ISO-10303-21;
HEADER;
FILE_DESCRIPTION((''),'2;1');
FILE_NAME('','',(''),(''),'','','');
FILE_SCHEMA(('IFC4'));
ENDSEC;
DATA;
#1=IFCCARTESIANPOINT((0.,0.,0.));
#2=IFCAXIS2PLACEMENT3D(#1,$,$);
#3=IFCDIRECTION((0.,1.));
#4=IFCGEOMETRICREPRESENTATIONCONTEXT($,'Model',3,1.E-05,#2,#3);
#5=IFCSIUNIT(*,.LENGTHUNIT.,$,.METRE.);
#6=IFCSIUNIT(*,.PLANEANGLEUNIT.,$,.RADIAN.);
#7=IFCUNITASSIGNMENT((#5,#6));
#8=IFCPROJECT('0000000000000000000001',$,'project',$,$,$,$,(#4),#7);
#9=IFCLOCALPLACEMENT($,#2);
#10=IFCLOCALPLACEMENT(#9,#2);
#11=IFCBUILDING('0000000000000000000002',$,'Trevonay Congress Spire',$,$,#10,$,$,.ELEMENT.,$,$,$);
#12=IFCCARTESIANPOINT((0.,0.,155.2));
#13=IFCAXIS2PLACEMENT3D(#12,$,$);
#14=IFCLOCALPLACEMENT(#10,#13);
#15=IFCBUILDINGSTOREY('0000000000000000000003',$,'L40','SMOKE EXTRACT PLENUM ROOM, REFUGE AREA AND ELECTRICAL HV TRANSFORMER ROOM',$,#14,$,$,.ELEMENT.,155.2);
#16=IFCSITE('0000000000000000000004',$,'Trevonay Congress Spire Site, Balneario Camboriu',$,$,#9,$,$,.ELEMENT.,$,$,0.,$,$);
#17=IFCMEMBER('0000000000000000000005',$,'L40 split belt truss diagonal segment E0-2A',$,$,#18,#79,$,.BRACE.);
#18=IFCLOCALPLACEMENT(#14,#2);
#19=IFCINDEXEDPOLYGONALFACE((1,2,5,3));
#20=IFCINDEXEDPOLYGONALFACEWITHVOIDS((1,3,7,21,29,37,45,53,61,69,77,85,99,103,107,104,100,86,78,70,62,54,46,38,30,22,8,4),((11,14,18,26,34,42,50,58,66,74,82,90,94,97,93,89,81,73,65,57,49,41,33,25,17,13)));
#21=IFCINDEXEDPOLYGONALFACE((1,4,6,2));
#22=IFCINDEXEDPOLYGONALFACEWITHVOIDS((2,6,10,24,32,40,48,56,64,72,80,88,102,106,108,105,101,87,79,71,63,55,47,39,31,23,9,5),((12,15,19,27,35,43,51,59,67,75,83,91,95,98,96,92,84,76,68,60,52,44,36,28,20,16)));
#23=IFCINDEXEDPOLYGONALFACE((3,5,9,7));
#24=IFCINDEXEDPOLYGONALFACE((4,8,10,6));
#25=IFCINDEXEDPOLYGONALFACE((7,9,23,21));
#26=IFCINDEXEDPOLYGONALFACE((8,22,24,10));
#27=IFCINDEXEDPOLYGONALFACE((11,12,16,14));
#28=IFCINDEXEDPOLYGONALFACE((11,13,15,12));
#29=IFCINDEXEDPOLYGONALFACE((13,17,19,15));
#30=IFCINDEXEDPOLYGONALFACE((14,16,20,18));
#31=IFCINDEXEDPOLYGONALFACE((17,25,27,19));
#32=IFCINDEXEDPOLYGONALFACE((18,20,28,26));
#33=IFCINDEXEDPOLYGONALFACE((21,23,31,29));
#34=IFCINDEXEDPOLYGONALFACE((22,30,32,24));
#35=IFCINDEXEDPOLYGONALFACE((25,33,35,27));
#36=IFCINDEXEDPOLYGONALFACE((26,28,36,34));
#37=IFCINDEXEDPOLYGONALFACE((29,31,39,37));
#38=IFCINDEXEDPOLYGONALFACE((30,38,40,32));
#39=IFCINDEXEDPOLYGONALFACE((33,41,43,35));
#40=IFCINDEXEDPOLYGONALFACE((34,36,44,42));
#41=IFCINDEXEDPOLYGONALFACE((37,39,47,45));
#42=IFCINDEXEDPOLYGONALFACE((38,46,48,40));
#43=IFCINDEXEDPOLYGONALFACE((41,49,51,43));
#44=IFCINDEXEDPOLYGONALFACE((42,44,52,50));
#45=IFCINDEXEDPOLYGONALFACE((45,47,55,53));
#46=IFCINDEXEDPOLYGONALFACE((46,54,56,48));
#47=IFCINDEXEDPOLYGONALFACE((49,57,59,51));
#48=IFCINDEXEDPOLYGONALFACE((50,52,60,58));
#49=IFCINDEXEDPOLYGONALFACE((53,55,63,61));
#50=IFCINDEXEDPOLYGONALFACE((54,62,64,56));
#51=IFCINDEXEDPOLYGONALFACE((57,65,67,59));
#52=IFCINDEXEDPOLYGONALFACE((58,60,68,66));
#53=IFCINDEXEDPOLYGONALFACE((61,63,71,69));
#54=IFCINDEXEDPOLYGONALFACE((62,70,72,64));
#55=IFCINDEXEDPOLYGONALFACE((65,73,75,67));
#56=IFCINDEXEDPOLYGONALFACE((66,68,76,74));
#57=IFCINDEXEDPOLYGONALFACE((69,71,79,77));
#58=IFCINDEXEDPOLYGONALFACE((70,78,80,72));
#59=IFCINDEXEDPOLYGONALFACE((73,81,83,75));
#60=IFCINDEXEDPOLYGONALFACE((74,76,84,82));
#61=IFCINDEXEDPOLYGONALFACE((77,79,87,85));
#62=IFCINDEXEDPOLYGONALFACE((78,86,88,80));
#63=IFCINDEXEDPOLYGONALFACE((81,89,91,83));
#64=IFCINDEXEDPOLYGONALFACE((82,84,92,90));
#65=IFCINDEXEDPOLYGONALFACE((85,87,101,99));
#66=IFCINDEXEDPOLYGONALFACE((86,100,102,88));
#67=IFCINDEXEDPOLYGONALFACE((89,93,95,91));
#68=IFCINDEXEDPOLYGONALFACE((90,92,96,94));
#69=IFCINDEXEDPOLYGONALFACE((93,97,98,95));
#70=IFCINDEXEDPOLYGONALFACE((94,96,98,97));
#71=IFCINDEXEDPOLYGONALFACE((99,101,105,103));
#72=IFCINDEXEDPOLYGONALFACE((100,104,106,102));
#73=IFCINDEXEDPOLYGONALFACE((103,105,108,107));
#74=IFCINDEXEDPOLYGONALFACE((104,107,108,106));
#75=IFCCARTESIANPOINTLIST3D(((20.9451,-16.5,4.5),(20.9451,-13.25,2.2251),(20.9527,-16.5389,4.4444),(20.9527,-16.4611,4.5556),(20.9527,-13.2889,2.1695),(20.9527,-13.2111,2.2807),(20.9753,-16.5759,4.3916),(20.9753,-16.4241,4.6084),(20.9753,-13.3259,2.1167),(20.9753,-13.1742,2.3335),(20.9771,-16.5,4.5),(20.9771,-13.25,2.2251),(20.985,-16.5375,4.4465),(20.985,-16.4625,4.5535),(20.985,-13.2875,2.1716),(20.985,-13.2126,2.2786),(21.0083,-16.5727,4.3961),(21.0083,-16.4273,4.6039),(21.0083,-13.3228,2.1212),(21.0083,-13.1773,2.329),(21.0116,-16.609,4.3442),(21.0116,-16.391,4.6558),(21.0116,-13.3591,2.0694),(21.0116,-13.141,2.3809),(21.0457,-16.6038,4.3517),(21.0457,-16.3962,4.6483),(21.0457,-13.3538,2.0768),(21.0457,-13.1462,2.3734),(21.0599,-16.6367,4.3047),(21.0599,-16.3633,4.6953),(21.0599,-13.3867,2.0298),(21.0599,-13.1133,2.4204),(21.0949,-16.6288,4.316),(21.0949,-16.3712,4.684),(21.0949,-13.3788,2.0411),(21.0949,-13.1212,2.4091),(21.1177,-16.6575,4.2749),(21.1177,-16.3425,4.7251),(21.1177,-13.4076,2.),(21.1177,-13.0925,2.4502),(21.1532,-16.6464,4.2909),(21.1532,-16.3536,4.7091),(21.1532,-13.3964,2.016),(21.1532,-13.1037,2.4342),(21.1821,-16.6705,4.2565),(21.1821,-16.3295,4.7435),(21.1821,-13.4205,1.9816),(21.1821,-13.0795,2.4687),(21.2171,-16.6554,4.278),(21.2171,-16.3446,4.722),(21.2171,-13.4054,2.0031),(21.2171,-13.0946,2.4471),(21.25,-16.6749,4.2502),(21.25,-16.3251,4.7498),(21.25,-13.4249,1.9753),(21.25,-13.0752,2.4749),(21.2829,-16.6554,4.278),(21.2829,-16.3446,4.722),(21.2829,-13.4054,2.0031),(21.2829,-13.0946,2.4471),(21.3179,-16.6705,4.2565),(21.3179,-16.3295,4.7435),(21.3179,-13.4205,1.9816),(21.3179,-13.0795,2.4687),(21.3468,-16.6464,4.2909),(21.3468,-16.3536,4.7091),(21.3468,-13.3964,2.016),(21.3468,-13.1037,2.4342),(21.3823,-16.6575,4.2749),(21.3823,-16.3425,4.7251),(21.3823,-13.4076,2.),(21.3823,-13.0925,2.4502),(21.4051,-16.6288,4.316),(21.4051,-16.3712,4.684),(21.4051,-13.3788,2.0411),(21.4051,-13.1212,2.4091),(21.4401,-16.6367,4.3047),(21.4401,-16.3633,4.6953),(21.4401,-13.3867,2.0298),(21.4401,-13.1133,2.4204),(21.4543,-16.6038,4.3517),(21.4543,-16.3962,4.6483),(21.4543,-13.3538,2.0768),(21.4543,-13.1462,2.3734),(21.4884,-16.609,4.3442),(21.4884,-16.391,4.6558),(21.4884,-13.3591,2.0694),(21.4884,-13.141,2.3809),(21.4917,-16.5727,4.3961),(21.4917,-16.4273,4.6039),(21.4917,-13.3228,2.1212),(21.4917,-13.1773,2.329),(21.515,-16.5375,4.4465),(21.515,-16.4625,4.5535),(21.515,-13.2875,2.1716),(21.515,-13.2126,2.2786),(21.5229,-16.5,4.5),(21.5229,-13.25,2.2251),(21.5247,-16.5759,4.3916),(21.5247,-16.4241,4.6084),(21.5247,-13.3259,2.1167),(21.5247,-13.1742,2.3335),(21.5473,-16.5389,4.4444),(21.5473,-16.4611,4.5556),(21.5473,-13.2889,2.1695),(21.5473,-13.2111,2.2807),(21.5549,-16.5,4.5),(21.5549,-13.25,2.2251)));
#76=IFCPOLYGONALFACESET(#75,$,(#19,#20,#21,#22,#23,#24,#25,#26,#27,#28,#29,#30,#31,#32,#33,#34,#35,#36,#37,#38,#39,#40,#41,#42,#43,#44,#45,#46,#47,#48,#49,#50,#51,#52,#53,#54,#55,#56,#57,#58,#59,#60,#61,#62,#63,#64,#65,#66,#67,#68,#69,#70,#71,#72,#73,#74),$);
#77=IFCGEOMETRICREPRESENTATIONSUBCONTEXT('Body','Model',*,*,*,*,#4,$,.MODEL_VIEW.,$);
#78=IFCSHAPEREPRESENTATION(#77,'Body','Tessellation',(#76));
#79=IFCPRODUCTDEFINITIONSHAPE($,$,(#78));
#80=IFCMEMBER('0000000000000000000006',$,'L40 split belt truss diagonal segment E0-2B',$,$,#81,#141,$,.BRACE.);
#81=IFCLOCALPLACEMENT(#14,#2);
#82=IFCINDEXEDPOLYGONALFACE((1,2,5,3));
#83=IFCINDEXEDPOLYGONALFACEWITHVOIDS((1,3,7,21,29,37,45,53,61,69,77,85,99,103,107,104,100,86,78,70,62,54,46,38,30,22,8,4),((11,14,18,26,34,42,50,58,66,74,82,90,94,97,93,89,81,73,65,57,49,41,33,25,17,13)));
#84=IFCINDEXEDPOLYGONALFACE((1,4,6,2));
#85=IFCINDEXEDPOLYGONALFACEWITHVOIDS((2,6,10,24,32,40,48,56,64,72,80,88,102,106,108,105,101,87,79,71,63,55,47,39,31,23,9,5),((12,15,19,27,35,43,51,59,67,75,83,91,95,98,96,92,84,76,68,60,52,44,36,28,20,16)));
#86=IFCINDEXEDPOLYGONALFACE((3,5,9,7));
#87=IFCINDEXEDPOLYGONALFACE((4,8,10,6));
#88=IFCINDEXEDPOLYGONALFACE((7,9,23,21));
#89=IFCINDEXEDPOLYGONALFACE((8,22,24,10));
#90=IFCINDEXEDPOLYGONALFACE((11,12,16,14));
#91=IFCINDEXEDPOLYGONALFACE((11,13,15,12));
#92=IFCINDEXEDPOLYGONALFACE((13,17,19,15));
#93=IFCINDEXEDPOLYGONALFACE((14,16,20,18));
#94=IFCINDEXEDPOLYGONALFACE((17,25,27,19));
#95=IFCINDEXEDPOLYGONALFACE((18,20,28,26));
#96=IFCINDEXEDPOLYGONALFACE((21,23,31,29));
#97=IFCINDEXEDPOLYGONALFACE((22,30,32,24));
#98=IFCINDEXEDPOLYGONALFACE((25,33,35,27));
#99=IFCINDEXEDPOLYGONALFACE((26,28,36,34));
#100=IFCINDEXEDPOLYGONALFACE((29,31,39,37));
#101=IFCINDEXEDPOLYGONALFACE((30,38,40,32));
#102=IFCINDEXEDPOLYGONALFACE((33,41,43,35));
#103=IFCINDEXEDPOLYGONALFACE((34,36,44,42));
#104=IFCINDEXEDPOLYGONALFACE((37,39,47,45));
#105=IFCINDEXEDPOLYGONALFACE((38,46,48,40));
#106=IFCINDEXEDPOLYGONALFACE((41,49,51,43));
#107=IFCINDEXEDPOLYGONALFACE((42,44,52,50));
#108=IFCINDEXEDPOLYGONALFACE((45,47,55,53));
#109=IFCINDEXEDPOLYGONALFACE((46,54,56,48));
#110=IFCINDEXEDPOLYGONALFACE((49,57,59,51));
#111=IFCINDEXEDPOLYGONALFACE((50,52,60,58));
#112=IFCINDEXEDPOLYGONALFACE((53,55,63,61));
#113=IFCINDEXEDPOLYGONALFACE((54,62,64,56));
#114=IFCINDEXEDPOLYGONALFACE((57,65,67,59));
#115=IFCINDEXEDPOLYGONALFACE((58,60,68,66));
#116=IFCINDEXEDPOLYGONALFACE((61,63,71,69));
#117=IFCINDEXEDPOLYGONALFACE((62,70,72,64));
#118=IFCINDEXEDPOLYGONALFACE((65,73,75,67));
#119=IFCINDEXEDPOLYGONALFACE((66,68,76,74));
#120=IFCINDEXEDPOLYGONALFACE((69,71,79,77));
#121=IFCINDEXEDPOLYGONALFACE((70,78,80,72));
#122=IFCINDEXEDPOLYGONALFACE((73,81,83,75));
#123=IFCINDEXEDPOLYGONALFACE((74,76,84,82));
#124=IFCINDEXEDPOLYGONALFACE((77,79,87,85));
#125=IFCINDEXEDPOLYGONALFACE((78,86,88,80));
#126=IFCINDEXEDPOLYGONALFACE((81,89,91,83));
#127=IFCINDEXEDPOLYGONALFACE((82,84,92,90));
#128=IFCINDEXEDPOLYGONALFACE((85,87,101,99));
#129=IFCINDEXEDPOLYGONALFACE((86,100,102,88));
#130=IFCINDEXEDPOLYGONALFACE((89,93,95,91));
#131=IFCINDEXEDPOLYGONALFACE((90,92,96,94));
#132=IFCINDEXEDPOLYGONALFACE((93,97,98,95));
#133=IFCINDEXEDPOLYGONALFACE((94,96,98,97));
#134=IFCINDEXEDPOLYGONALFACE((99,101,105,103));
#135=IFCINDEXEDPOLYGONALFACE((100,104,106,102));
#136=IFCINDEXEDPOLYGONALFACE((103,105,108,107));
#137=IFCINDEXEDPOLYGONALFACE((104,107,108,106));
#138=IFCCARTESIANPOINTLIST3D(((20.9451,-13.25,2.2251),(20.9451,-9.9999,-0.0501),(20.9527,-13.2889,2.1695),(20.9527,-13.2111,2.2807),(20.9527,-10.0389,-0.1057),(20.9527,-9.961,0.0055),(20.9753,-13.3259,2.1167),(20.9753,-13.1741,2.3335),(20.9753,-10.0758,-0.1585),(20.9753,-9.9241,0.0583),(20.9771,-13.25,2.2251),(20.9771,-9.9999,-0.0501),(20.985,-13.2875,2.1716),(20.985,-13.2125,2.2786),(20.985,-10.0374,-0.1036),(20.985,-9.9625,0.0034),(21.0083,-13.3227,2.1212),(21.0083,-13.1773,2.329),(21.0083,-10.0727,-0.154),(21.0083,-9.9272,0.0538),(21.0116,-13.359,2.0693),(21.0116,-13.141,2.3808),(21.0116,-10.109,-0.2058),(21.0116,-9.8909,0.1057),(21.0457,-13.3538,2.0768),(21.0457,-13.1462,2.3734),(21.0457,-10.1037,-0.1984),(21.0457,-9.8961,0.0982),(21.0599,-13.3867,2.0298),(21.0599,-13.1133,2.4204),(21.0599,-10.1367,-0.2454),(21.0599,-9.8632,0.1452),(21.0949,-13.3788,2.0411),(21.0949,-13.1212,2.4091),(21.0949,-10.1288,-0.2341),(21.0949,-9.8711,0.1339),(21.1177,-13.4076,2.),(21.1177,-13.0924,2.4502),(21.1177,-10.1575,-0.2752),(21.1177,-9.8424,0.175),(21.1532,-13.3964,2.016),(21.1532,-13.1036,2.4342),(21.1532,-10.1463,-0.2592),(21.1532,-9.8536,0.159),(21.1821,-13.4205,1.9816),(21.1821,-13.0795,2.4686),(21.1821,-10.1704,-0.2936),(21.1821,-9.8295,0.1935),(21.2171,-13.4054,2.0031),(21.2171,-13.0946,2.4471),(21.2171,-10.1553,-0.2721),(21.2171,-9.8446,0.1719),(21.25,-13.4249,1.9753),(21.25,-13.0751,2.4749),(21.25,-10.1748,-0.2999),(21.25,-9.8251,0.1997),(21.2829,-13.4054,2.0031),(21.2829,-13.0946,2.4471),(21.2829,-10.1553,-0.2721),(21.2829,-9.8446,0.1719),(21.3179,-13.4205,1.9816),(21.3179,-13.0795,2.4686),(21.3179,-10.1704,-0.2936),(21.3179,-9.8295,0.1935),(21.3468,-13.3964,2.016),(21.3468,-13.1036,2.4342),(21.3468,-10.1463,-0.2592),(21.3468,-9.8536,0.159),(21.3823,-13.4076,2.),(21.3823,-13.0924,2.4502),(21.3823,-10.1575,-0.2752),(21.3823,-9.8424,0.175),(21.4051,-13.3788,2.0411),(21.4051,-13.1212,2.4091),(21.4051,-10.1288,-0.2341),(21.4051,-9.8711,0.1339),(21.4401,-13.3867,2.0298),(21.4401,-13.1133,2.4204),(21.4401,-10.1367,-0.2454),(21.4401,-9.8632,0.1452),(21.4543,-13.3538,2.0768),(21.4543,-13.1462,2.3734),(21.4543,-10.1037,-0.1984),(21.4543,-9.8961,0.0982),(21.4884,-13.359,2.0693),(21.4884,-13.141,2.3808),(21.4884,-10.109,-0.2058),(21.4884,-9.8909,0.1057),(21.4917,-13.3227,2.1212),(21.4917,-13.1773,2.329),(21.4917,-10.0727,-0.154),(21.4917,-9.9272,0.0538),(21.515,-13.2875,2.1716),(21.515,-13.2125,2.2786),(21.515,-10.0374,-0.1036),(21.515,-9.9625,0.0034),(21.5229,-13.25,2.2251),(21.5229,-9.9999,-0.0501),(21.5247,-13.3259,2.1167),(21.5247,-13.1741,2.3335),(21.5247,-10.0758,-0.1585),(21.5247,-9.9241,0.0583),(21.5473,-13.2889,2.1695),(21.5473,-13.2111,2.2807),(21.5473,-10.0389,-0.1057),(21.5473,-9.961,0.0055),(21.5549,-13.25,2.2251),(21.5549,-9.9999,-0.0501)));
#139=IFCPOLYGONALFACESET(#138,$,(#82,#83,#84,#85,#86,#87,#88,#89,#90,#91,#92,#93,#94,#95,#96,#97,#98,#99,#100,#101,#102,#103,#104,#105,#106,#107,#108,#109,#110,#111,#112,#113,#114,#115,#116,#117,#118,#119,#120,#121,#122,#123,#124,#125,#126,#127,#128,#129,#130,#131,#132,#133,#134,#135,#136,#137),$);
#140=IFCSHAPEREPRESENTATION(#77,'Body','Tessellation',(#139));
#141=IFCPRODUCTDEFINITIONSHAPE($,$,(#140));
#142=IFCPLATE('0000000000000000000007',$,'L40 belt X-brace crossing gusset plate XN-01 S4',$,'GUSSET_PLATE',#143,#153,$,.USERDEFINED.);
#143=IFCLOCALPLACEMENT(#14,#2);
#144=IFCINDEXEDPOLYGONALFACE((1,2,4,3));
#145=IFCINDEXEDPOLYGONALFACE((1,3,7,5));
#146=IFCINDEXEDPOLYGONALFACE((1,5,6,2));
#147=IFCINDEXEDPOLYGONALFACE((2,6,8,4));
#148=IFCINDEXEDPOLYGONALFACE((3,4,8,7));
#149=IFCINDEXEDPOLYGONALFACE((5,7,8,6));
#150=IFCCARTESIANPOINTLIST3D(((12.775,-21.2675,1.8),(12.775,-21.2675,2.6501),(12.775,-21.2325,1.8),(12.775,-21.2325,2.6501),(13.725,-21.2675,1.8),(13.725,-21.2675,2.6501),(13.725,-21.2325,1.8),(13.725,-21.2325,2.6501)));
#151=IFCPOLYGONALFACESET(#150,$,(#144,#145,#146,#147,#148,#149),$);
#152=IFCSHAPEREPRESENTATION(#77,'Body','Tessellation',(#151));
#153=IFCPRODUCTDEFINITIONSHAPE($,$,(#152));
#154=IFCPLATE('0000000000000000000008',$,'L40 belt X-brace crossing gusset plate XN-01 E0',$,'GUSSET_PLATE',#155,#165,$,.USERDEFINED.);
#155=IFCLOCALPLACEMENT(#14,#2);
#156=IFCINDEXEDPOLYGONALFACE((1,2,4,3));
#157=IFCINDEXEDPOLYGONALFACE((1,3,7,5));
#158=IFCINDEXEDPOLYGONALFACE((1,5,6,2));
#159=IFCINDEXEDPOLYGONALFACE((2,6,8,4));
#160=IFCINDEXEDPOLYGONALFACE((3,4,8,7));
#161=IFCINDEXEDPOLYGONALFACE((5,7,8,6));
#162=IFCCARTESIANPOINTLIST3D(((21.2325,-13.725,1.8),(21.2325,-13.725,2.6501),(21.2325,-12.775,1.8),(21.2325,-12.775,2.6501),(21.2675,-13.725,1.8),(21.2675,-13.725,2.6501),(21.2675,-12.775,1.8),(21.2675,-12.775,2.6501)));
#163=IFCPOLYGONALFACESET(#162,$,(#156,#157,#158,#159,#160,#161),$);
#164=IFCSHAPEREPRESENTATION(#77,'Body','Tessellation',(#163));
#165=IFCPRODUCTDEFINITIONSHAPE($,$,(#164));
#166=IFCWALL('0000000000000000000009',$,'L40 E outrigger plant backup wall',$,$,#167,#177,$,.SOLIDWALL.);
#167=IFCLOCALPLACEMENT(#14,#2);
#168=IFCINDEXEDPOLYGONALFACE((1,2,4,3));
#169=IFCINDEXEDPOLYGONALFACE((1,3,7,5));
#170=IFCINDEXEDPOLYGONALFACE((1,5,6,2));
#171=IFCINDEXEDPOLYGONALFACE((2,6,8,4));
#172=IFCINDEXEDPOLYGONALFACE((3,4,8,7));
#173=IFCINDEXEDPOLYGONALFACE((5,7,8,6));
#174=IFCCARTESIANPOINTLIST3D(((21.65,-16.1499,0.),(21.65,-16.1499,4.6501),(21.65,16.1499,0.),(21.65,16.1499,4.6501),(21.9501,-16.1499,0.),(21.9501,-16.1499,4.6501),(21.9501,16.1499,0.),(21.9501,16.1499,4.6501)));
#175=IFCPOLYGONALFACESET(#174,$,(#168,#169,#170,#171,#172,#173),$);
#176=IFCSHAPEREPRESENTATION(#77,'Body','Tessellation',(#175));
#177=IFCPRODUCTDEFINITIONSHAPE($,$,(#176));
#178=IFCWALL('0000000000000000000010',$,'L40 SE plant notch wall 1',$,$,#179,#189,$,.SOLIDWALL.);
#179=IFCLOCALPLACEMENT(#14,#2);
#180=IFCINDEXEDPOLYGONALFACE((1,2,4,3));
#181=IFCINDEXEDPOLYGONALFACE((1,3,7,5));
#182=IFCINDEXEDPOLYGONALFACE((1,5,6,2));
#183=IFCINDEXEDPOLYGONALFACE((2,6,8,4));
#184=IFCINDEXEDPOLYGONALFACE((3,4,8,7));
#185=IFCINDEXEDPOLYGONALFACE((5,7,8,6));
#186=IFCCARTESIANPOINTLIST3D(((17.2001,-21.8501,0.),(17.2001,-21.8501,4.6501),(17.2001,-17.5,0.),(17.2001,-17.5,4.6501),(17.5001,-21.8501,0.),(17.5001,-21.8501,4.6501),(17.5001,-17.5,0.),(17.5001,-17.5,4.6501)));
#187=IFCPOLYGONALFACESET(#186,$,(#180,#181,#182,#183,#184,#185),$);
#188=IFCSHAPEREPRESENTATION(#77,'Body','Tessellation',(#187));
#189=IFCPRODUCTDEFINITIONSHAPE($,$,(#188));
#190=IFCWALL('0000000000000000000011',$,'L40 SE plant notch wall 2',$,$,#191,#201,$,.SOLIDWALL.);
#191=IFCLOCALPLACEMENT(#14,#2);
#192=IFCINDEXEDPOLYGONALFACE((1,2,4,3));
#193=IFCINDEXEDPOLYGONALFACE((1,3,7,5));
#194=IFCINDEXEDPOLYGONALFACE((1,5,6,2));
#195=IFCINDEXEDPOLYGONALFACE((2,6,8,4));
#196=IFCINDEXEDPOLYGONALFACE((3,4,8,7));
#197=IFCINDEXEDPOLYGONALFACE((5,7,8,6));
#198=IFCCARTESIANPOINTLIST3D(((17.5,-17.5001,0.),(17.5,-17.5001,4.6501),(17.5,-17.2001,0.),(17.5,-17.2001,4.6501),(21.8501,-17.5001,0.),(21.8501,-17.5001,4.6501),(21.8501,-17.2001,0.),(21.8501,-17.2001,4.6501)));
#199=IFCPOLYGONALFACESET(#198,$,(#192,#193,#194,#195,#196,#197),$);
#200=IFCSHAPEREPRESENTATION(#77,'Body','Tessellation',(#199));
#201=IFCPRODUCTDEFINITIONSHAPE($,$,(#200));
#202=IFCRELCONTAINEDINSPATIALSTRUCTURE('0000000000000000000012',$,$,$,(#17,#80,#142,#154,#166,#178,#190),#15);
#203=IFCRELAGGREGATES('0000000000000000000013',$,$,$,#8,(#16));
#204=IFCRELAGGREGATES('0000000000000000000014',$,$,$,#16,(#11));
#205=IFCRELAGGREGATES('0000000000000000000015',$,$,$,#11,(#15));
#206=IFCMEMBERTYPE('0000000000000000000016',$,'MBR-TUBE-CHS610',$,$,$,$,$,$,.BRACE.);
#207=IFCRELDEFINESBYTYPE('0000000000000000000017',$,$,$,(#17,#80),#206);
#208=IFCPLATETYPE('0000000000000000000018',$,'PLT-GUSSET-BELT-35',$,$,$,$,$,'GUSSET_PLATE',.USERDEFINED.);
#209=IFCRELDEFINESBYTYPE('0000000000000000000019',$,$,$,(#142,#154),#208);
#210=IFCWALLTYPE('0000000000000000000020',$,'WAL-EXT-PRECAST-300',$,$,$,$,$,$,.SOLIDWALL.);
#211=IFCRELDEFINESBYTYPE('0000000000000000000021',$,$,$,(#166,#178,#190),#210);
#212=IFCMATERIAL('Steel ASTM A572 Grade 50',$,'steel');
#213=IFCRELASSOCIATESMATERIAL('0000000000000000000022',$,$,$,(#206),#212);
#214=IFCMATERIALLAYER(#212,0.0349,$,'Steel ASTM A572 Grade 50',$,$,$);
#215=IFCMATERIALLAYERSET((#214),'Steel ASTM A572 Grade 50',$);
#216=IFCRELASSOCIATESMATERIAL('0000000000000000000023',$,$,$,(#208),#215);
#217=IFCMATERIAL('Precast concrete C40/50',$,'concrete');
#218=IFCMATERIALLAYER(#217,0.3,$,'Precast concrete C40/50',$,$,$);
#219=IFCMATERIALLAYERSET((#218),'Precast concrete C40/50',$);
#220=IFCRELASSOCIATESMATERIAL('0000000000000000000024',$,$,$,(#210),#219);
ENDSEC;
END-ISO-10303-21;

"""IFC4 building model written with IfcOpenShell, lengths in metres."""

from ifc_helpers import new_model, si_unit, direction, frame, frame_2d, origin, origin_2d, place, context, subcontext, project, spatial, rectangle, hollow_circle, extrude, material, layer, layer_set, material_profile, profile_set, type_object, element, save


model = new_model("IFC4")

# Units and contexts
model_context = context("Model", 3, precision=1e-05, world=origin(), true_north=direction((0.0, 1.0)))
body_context = subcontext(model_context, "Body", "Model", "MODEL_VIEW")
ifc_project = project(units=[si_unit("LENGTHUNIT", "METRE"), si_unit("PLANEANGLEUNIT", "RADIAN")], contexts=[model_context])

# Site, building, storey
site_placement = place(None, origin())
site = spatial("IfcSite", under=ifc_project, at=site_placement, Name="Trevonay Congress Spire Site, Balneario Camboriu", CompositionType="ELEMENT", RefElevation=0.0)
building_placement = place(site_placement, origin())
building = spatial("IfcBuilding", under=site, at=building_placement, Name="Trevonay Congress Spire", CompositionType="ELEMENT")
storey_placement = place(building_placement, frame((0.0, 0.0, 155.2)))
storey = spatial("IfcBuildingStorey", under=building, at=storey_placement, Name="L40", Description="SMOKE EXTRACT PLENUM ROOM, REFUGE AREA AND ELECTRICAL HV TRANSFORMER ROOM", CompositionType="ELEMENT", Elevation=155.2)

# Shared definitions
ifc_material_1 = material(Name="Steel ASTM A572 Grade 50", Category="steel")

# Members
ifc_material_profile_1 = material_profile(ifc_material_1, hollow_circle(Radius=0.3049, WallThickness=0.032, at=origin_2d()), Name="CHS 610x32")
ifc_profile_set_1 = profile_set([ifc_material_profile_1], Name="Steel ASTM A572 Grade 50")
member_type = type_object("IfcMemberType", Name="MBR-TUBE-CHS610", PredefinedType="BRACE", material=ifc_profile_set_1)
member_1_placement = place(storey_placement, frame((21.25, -16.5, 4.5), z_axis=(0.0, 0.819243, -0.573446), x_axis=(-1.0, 0.0, 0.0)))
element("IfcMember", 1, at=member_1_placement, inside=storey, type_object=member_type, Name="L40 split belt truss diagonal segment E0-2A", PredefinedType="BRACE", context=body_context, shape_type="SweptSolid", body=[
    extrude(hollow_circle(Radius=0.3049, WallThickness=0.032, at=origin_2d()), origin(), (0.0, 0.0, 1.0), 3.967),
])
member_2_placement = place(storey_placement, frame((21.25, -13.25, 2.2251), z_axis=(0.0, 0.819215, -0.573487), x_axis=(-1.0, 0.0, 0.0)))
element("IfcMember", 2, at=member_2_placement, inside=storey, type_object=member_type, Name="L40 split belt truss diagonal segment E0-2B", PredefinedType="BRACE", context=body_context, shape_type="SweptSolid", body=[
    extrude(hollow_circle(Radius=0.3049, WallThickness=0.032, at=origin_2d()), origin(), (0.0, 0.0, 1.0), 3.9673),
])

# Plates
ifc_layer_1 = layer(ifc_material_1, 0.0349, Name="Steel ASTM A572 Grade 50")
ifc_layer_set_1 = layer_set([ifc_layer_1], Name="Steel ASTM A572 Grade 50")
plate_type = type_object("IfcPlateType", Name="PLT-GUSSET-BELT-35", ElementType="GUSSET_PLATE", PredefinedType="USERDEFINED", material=ifc_layer_set_1)
plate_1_placement = place(storey_placement, frame((13.25, -21.25, 1.8), z_axis=(0.0, 0.0, 1.0), x_axis=(1.0, 0.0, 0.0)))
element("IfcPlate", 3, at=plate_1_placement, inside=storey, type_object=plate_type, Name="L40 belt X-brace crossing gusset plate XN-01 S4", ObjectType="GUSSET_PLATE", PredefinedType="USERDEFINED", context=body_context, shape_type="SweptSolid", body=[
    extrude(rectangle(XDim=0.95, YDim=0.0349, at=origin_2d()), origin(), (0.0, 0.0, 1.0), 0.8501),
])
plate_2_placement = place(storey_placement, frame((21.25, -13.25, 1.8), z_axis=(0.0, 0.0, 1.0), x_axis=(1.0, 0.0, 0.0)))
element("IfcPlate", 4, at=plate_2_placement, inside=storey, type_object=plate_type, Name="L40 belt X-brace crossing gusset plate XN-01 E0", ObjectType="GUSSET_PLATE", PredefinedType="USERDEFINED", context=body_context, shape_type="SweptSolid", body=[
    extrude(rectangle(XDim=0.0349, YDim=0.95, at=origin_2d()), origin(), (0.0, 0.0, 1.0), 0.8501),
])

# Walls
ifc_material_2 = material(Name="Precast concrete C40/50", Category="concrete")
ifc_layer_2 = layer(ifc_material_2, 0.3, Name="Precast concrete C40/50")
ifc_layer_set_2 = layer_set([ifc_layer_2], Name="Precast concrete C40/50")
wall_type_1 = type_object("IfcWallType", Name="WAL-EXT-PRECAST-300", PredefinedType="SOLIDWALL", material=ifc_layer_set_2)
wall_1_placement = place(storey_placement, frame((21.8, -16.1499, 0.0), z_axis=(0.0, 0.0, 1.0), x_axis=(0.0, 1.0, 0.0)))
element("IfcWall", 5, at=wall_1_placement, inside=storey, type_object=wall_type_1, Name="L40 E outrigger plant backup wall", PredefinedType="SOLIDWALL", context=body_context, shape_type="SweptSolid", body=[
    extrude(rectangle(XDim=32.2998, YDim=0.3, at=frame_2d((16.1499, 0.0))), origin(), (0.0, 0.0, 1.0), 4.6501),
])
for number, where, z_axis, x_axis, name in (
    (6, (17.3501, -21.8501, 0.0), (0.0, 0.0, 1.0), (0.0, 1.0, 0.0), "L40 SE plant notch wall 1"),
    (7, (21.8501, -17.3501, 0.0), (0.0, 0.0, 1.0), (-1.0, 0.0, 0.0), "L40 SE plant notch wall 2"),
):
    element("IfcWall", number, at=place(storey_placement, frame(where, z_axis=z_axis, x_axis=x_axis)), inside=storey, type_object=wall_type_1, Name=name, PredefinedType="SOLIDWALL", context=body_context, shape_type="SweptSolid", body=[
        extrude(rectangle(XDim=4.3501, YDim=0.3, at=frame_2d((2.175, 0.0))), origin(), (0.0, 0.0, 1.0), 4.6501),
    ])

save(model, "model.ifc")
